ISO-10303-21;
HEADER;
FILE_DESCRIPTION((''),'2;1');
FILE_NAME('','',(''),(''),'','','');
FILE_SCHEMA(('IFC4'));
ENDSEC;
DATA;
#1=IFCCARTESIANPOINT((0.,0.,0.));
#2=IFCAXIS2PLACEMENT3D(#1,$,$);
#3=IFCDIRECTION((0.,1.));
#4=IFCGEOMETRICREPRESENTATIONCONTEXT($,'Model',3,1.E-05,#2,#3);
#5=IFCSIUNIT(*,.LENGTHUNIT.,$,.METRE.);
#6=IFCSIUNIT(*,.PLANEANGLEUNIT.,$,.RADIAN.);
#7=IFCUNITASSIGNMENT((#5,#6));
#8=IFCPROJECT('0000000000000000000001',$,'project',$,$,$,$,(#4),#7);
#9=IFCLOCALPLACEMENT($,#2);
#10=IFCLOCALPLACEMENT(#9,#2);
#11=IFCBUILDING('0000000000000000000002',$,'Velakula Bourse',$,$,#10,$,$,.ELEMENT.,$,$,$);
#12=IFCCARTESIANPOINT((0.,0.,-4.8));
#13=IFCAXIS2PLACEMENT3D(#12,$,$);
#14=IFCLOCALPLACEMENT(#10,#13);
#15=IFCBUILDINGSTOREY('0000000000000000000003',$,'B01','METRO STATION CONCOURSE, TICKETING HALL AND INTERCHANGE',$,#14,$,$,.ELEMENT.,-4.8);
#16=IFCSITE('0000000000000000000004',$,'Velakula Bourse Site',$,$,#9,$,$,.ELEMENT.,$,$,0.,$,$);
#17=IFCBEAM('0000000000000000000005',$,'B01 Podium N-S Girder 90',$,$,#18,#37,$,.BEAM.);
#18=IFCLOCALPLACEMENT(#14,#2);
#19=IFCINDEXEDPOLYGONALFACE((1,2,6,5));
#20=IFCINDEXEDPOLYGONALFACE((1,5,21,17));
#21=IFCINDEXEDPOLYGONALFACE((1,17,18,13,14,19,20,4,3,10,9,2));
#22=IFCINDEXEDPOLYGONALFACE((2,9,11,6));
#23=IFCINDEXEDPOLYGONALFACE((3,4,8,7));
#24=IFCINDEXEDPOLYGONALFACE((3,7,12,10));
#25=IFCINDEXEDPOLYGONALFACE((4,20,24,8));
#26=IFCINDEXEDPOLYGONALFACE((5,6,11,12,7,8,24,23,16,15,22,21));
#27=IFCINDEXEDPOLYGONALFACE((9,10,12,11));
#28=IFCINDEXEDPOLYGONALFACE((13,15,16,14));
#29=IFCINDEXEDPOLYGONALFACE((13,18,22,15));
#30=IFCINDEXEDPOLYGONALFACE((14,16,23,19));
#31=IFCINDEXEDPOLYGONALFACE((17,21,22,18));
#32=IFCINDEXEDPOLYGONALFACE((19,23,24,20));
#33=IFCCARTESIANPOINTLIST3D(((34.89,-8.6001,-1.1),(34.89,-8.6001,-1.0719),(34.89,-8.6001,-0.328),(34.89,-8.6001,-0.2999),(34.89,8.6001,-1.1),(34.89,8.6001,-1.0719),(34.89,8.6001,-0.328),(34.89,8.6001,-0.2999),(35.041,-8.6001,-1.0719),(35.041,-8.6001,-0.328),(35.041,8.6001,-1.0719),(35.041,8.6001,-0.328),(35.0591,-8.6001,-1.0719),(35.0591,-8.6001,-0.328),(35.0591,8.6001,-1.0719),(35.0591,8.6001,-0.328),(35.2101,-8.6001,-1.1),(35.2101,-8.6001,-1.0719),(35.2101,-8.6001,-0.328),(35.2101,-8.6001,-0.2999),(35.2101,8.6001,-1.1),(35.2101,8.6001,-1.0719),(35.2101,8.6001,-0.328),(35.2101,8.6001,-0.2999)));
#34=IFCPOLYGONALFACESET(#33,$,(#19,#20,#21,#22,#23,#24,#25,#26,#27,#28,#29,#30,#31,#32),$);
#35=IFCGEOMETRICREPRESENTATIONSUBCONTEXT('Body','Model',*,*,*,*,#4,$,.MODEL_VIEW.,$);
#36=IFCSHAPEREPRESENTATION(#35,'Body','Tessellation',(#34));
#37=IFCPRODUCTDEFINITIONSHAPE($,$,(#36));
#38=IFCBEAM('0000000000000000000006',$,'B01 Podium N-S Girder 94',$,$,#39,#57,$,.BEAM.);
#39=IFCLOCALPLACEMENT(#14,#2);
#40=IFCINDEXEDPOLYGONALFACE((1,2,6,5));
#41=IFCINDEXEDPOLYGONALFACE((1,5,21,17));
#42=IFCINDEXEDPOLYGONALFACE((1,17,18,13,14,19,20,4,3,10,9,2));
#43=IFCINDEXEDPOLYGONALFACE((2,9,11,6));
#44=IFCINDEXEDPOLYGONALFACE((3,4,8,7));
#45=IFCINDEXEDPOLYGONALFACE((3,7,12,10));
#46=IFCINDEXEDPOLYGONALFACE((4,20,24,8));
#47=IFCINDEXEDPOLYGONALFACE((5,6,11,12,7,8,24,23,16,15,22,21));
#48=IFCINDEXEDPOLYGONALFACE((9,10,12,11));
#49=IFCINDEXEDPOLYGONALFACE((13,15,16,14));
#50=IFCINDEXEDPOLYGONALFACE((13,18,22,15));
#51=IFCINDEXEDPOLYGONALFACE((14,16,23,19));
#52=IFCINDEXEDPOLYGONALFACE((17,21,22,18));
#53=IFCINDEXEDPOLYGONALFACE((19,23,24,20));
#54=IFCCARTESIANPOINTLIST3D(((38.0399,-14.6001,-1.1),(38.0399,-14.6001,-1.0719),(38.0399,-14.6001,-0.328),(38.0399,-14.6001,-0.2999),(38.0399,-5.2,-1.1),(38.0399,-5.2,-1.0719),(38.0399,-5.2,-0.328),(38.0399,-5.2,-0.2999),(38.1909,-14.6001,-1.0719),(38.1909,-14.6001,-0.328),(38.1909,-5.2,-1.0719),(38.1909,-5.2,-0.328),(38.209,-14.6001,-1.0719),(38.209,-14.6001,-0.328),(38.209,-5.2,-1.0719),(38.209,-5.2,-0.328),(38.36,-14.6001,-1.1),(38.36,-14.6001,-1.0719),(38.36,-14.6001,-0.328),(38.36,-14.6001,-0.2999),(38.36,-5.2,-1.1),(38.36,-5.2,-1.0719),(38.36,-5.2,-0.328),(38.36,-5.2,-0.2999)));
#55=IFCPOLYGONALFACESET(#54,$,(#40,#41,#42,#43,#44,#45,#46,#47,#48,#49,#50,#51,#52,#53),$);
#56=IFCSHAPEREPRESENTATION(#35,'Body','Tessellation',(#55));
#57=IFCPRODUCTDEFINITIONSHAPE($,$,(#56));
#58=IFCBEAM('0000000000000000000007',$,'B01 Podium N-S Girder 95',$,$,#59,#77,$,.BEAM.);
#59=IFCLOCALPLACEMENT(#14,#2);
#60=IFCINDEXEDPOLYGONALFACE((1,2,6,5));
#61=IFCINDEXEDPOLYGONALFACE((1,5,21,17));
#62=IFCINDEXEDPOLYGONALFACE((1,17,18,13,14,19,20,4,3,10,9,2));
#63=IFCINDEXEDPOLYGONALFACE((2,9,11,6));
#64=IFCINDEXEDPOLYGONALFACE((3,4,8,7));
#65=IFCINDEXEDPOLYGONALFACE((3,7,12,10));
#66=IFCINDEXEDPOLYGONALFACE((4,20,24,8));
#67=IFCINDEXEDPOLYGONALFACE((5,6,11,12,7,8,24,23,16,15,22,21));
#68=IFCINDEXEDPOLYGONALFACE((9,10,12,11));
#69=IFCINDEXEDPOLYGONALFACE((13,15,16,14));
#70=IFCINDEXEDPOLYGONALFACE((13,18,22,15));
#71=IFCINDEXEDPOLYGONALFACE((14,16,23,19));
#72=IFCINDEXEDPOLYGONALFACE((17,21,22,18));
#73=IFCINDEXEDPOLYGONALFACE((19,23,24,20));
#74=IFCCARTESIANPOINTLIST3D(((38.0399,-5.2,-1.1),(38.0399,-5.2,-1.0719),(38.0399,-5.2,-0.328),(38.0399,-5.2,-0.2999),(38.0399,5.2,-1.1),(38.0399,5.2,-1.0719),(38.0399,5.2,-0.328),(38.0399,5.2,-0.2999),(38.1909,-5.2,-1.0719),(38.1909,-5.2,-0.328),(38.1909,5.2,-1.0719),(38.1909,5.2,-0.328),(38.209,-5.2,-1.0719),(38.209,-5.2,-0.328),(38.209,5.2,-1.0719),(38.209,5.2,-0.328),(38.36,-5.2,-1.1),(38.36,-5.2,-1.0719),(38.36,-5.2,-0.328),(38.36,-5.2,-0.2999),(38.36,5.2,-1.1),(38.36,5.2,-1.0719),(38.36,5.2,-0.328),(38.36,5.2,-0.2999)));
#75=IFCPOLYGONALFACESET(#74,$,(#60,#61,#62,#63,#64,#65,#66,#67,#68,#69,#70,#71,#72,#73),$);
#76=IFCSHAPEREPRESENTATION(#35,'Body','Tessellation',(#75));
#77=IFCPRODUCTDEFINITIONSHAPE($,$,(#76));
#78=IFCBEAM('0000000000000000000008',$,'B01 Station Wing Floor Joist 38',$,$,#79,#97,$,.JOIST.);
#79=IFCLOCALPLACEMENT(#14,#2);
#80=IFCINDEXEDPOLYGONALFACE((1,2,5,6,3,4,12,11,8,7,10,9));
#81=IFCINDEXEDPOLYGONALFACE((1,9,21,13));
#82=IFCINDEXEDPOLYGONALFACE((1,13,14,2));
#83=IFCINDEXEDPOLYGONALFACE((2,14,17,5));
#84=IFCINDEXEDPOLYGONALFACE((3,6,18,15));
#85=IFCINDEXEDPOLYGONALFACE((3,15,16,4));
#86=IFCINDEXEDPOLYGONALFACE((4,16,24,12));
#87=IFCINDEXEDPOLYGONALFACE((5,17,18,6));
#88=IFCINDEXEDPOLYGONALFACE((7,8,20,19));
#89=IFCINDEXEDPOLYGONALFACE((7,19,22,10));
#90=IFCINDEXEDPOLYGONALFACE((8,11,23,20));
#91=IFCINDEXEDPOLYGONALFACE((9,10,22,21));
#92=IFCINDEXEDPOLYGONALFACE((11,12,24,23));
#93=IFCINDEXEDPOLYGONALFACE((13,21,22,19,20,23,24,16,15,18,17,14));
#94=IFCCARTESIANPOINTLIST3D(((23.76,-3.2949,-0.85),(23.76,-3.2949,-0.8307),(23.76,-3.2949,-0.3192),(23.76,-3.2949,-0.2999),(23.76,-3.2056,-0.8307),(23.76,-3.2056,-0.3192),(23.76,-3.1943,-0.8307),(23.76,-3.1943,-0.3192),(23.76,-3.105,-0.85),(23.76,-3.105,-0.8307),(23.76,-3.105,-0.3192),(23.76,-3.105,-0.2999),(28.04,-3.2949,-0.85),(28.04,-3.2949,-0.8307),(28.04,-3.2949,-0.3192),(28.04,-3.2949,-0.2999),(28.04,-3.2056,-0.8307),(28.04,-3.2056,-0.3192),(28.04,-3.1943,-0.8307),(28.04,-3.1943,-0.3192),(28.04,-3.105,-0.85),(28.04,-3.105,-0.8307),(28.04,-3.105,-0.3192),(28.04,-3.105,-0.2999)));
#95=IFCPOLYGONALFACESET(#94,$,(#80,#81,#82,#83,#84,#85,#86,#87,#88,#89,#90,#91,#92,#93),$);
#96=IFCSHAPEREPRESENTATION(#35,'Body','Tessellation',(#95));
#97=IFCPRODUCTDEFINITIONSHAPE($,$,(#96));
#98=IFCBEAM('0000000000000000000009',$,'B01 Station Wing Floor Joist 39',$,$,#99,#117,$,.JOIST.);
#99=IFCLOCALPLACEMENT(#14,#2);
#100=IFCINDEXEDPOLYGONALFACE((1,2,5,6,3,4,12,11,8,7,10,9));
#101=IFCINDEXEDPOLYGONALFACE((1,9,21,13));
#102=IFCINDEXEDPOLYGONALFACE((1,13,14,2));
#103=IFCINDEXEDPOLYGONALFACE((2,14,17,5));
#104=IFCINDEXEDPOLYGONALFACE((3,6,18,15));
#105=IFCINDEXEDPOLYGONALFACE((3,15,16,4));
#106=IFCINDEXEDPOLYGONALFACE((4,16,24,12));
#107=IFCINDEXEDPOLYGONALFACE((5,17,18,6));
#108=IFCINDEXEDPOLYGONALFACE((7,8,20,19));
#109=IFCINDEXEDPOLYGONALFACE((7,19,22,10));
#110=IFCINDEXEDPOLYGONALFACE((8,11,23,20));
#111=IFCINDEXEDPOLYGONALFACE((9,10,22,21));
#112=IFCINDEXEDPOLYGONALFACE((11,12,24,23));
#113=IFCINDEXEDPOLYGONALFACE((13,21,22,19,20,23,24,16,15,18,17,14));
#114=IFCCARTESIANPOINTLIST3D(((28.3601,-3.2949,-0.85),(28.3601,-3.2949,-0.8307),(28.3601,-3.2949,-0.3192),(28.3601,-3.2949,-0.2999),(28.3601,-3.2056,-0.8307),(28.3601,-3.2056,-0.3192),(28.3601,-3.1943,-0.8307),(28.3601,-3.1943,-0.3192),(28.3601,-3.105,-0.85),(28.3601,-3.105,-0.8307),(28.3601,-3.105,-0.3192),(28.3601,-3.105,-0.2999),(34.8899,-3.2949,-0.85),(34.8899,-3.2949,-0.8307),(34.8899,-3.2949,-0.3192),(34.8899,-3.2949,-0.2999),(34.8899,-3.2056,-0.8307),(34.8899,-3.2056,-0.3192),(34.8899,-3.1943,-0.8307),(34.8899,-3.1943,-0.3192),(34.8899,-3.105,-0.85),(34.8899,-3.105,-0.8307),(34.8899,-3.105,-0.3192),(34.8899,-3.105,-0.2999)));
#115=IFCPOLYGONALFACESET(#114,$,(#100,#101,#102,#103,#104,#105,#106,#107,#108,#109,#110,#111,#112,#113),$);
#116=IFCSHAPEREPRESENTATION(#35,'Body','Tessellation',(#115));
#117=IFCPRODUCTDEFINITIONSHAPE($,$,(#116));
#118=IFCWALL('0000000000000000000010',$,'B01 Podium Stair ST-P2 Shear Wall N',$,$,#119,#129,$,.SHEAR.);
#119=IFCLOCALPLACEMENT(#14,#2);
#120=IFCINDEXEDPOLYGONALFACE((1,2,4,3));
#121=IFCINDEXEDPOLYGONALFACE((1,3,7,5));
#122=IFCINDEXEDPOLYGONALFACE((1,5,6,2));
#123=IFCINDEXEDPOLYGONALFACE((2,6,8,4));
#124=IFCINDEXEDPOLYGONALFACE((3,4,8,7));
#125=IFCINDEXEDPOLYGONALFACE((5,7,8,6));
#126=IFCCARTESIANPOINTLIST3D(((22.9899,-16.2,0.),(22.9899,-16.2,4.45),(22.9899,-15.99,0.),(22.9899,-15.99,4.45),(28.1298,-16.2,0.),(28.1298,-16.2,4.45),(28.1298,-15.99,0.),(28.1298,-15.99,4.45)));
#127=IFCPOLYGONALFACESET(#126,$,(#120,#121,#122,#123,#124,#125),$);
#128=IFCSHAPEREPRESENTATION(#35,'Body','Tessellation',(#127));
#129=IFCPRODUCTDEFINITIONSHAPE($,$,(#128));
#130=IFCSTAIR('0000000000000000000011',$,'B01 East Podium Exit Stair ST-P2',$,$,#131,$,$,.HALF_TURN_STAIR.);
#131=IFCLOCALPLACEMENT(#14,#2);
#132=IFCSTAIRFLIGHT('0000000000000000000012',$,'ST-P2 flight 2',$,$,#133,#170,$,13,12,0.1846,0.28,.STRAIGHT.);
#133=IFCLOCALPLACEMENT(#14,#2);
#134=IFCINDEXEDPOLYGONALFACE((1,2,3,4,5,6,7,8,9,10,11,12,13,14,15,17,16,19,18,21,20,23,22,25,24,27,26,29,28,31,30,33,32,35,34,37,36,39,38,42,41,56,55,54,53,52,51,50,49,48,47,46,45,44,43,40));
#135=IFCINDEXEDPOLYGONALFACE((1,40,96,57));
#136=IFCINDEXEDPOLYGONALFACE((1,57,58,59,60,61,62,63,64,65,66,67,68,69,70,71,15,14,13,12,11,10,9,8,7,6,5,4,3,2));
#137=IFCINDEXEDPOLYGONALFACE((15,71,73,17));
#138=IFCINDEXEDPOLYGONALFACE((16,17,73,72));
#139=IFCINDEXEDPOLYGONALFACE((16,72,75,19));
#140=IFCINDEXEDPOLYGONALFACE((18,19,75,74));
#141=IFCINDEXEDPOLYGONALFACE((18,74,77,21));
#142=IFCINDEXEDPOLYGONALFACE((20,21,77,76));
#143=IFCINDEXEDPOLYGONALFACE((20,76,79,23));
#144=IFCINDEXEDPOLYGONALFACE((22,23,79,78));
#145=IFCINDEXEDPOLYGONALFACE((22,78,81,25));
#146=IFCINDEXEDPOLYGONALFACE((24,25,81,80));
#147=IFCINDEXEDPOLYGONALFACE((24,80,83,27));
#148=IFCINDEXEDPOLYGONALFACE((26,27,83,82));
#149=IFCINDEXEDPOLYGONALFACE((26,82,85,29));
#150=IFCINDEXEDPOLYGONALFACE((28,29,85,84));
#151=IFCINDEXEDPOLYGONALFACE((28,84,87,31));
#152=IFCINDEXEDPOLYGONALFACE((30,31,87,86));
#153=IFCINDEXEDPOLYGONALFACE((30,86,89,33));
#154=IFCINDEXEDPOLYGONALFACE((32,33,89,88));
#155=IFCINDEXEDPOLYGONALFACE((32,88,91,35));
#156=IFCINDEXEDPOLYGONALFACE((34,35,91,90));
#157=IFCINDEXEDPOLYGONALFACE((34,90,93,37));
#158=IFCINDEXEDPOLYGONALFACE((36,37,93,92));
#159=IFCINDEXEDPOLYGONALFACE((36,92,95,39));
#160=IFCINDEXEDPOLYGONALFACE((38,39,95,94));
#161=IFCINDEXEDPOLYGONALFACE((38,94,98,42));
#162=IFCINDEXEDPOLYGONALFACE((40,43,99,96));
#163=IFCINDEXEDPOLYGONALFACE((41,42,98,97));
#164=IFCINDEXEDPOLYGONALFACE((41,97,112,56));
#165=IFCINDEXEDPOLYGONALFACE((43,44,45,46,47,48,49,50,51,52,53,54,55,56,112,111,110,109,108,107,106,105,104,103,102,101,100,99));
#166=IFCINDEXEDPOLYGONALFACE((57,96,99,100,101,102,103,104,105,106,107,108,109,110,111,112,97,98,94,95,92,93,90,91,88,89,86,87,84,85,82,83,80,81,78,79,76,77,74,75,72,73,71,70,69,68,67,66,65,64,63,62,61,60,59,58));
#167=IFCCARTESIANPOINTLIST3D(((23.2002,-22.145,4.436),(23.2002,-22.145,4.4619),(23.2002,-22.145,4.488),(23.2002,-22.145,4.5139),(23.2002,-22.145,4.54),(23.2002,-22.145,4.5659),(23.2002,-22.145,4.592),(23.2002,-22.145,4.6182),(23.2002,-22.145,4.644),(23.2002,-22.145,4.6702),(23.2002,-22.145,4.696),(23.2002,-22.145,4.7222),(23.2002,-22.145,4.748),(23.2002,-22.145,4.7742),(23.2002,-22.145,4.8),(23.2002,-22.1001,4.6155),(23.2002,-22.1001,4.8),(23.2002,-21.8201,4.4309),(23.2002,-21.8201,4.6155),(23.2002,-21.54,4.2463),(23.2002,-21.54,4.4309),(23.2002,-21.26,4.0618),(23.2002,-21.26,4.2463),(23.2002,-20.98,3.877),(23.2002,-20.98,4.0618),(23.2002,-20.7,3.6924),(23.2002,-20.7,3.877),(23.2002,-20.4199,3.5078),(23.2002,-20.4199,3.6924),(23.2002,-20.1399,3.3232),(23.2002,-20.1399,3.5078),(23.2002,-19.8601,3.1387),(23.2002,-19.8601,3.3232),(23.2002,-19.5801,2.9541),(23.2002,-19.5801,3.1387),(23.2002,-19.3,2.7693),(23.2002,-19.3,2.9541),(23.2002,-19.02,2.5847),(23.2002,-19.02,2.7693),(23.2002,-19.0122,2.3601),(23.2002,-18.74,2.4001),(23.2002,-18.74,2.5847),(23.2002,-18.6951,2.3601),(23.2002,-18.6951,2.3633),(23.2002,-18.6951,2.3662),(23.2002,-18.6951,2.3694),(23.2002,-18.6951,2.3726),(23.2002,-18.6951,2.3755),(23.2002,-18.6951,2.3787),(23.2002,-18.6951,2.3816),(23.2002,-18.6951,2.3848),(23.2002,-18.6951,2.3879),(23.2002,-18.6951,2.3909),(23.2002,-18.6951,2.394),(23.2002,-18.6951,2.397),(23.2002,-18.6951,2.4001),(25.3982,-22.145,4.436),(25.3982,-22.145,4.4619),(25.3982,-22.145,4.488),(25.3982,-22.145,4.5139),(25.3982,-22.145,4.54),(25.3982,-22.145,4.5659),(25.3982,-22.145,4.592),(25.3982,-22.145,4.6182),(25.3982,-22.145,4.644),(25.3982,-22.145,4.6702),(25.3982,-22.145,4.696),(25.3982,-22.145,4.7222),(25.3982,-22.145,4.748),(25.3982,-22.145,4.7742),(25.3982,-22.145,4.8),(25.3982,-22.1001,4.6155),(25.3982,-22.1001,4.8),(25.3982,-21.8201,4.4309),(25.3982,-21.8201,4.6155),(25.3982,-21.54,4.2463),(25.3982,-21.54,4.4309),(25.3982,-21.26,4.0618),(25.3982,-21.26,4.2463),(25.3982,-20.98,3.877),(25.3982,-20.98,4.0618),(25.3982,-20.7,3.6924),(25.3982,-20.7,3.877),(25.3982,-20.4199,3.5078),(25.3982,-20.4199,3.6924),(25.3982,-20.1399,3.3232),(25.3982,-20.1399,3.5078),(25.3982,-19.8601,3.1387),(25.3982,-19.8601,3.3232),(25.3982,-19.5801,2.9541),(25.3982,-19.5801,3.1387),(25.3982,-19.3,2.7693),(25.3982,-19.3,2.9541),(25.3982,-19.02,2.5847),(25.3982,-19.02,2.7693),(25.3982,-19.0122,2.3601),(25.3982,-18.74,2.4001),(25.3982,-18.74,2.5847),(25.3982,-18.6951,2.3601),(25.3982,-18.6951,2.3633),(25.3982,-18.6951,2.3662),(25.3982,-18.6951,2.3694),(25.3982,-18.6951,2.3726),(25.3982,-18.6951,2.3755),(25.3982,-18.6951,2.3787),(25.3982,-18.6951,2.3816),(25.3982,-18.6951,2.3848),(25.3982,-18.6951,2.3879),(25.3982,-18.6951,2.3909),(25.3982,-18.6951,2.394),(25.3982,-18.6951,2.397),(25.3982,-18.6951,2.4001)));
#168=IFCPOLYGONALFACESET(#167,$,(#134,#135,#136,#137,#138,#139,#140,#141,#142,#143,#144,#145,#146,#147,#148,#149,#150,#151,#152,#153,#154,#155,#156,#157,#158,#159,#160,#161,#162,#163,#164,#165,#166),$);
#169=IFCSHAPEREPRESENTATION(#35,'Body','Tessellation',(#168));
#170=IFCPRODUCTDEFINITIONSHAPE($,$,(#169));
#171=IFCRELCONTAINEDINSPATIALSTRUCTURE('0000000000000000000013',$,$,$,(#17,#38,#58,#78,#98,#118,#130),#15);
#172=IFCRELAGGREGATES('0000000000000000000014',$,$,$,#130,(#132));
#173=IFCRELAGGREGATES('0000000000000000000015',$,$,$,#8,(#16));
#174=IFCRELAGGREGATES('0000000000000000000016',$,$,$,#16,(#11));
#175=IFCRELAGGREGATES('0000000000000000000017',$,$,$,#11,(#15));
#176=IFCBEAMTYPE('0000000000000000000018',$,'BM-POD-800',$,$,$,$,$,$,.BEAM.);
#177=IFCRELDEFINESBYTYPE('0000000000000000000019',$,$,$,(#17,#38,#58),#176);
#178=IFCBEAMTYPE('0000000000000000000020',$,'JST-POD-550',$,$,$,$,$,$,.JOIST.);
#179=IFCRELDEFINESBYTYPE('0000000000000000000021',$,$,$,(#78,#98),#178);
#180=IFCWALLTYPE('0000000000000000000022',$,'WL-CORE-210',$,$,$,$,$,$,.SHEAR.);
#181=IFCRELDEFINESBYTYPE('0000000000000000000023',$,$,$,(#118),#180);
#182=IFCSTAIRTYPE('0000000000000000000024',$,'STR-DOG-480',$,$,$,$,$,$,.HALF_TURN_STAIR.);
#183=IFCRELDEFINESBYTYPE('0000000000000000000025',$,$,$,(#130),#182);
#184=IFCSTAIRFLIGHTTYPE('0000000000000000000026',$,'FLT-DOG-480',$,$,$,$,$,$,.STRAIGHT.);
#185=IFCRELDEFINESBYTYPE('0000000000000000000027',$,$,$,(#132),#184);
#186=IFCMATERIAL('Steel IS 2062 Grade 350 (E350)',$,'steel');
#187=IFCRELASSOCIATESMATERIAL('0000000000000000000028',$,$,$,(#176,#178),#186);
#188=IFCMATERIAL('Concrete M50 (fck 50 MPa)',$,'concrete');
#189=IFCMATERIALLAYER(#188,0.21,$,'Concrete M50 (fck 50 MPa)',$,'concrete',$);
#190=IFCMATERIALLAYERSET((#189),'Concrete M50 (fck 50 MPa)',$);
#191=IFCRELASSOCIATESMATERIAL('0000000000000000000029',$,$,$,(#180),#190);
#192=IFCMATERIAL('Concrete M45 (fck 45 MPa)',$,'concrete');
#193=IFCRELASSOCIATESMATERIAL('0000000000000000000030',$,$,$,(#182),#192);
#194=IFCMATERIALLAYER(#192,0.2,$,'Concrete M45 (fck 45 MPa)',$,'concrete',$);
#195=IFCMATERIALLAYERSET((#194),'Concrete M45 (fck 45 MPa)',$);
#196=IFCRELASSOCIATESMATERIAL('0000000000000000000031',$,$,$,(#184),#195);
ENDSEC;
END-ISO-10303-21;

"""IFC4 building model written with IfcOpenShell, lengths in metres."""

from ifc_helpers import new_model, si_unit, direction, frame, frame_2d, origin, origin_2d, place, context, subcontext, project, spatial, polyline, rectangle, i_section, outline, extrude, material, layer, layer_set, material_profile, profile_set, type_object, element, aggregate, save


model = new_model("IFC4")

# Units and contexts
model_context = context("Model", 3, precision=1e-05, world=origin(), true_north=direction((0.0, 1.0)))
body_context = subcontext(model_context, "Body", "Model", "MODEL_VIEW")
ifc_project = project(units=[si_unit("LENGTHUNIT", "METRE"), si_unit("PLANEANGLEUNIT", "RADIAN")], contexts=[model_context])

# Site, building, storey
site_placement = place(None, origin())
site = spatial("IfcSite", under=ifc_project, at=site_placement, Name="Velakula Bourse Site", CompositionType="ELEMENT", RefElevation=0.0)
building_placement = place(site_placement, origin())
building = spatial("IfcBuilding", under=site, at=building_placement, Name="Velakula Bourse", CompositionType="ELEMENT")
storey_placement = place(building_placement, frame((0.0, 0.0, -4.8)))
storey = spatial("IfcBuildingStorey", under=building, at=storey_placement, Name="B01", Description="METRO STATION CONCOURSE, TICKETING HALL AND INTERCHANGE", CompositionType="ELEMENT", Elevation=-4.8)

# Shared definitions
ifc_material_1 = material(Name="Concrete M50 (fck 50 MPa)", Category="concrete")

# Beams
ifc_material_2 = material(Name="Steel IS 2062 Grade 350 (E350)", Category="steel")
ifc_material_profile_1 = material_profile(ifc_material_2, i_section(OverallWidth=0.3201, OverallDepth=0.8, WebThickness=0.0181, FlangeThickness=0.0281, at=origin_2d()), Name="Steel IS 2062 Grade 350 (E350)")
ifc_profile_set_1 = profile_set([ifc_material_profile_1], Name="Steel IS 2062 Grade 350 (E350)")
beam_type_1 = type_object("IfcBeamType", Name="BM-POD-800", PredefinedType="BEAM", material=ifc_profile_set_1)
beam_1_placement = place(storey_placement, frame((35.05, -8.6001, -0.7), z_axis=(0.0, 1.0, 0.0), x_axis=(-1.0, 0.0, 0.0)))
element("IfcBeam", 1, at=beam_1_placement, inside=storey, type_object=beam_type_1, Name="B01 Podium N-S Girder 90", PredefinedType="BEAM", context=body_context, shape_type="SweptSolid", body=[
    extrude(i_section(OverallWidth=0.3201, OverallDepth=0.8, WebThickness=0.0181, FlangeThickness=0.0281, at=origin_2d()), origin(), (0.0, 0.0, 1.0), 17.2002),
])
beam_2_placement = place(storey_placement, frame((38.2, -14.6001, -0.7), z_axis=(0.0, 1.0, 0.0), x_axis=(-1.0, 0.0, 0.0)))
element("IfcBeam", 2, at=beam_2_placement, inside=storey, type_object=beam_type_1, Name="B01 Podium N-S Girder 94", PredefinedType="BEAM", context=body_context, shape_type="SweptSolid", body=[
    extrude(i_section(OverallWidth=0.3201, OverallDepth=0.8, WebThickness=0.0181, FlangeThickness=0.0281, at=origin_2d()), origin(), (0.0, 0.0, 1.0), 9.4001),
])
beam_3_placement = place(storey_placement, frame((38.2, -5.2, -0.7), z_axis=(0.0, 1.0, 0.0), x_axis=(-1.0, 0.0, 0.0)))
element("IfcBeam", 3, at=beam_3_placement, inside=storey, type_object=beam_type_1, Name="B01 Podium N-S Girder 95", PredefinedType="BEAM", context=body_context, shape_type="SweptSolid", body=[
    extrude(i_section(OverallWidth=0.3201, OverallDepth=0.8, WebThickness=0.0181, FlangeThickness=0.0281, at=origin_2d()), origin(), (0.0, 0.0, 1.0), 10.3999),
])
ifc_material_profile_2 = material_profile(ifc_material_2, i_section(OverallWidth=0.1899, OverallDepth=0.55, WebThickness=0.0112, FlangeThickness=0.0193, at=origin_2d()), Name="Steel IS 2062 Grade 350 (E350)")
ifc_profile_set_2 = profile_set([ifc_material_profile_2], Name="Steel IS 2062 Grade 350 (E350)")
beam_type_2 = type_object("IfcBeamType", Name="JST-POD-550", PredefinedType="JOIST", material=ifc_profile_set_2)
beam_4_placement = place(storey_placement, frame((23.76, -3.2, -0.575), z_axis=(1.0, 0.0, 0.0), x_axis=(0.0, 1.0, 0.0)))
element("IfcBeam", 4, at=beam_4_placement, inside=storey, type_object=beam_type_2, Name="B01 Station Wing Floor Joist 38", PredefinedType="JOIST", context=body_context, shape_type="SweptSolid", body=[
    extrude(i_section(OverallWidth=0.1899, OverallDepth=0.55, WebThickness=0.0112, FlangeThickness=0.0193, at=origin_2d()), origin(), (0.0, 0.0, 1.0), 4.28),
])
beam_5_placement = place(storey_placement, frame((28.3601, -3.2, -0.575), z_axis=(1.0, 0.0, 0.0), x_axis=(0.0, 1.0, 0.0)))
element("IfcBeam", 5, at=beam_5_placement, inside=storey, type_object=beam_type_2, Name="B01 Station Wing Floor Joist 39", PredefinedType="JOIST", context=body_context, shape_type="SweptSolid", body=[
    extrude(i_section(OverallWidth=0.1899, OverallDepth=0.55, WebThickness=0.0112, FlangeThickness=0.0193, at=origin_2d()), origin(), (0.0, 0.0, 1.0), 6.5298),
])

# Wall
ifc_layer_1 = layer(ifc_material_1, 0.21, Name="Concrete M50 (fck 50 MPa)", Category="concrete")
ifc_layer_set_1 = layer_set([ifc_layer_1], Name="Concrete M50 (fck 50 MPa)")
wall_type = type_object("IfcWallType", Name="WL-CORE-210", PredefinedType="SHEAR", material=ifc_layer_set_1)
wall_placement = place(storey_placement, frame((22.99, -16.095, 0.0), z_axis=(0.0, 0.0, 1.0), x_axis=(1.0, 0.0, 0.0)))
element("IfcWall", 6, at=wall_placement, inside=storey, type_object=wall_type, Name="B01 Podium Stair ST-P2 Shear Wall N", PredefinedType="SHEAR", context=body_context, shape_type="SweptSolid", body=[
    extrude(rectangle(XDim=5.1399, YDim=0.21, at=frame_2d((2.5698, 0.0))), origin(), (0.0, 0.0, 1.0), 4.45),
])

# Stair, stair flight
ifc_material_3 = material(Name="Concrete M45 (fck 45 MPa)", Category="concrete")
stair_type = type_object("IfcStairType", Name="STR-DOG-480", PredefinedType="HALF_TURN_STAIR", material=ifc_material_3)
stair_placement = place(storey_placement, origin())
stair = element("IfcStair", 7, at=stair_placement, inside=storey, type_object=stair_type, Name="B01 East Podium Exit Stair ST-P2", PredefinedType="HALF_TURN_STAIR")
ifc_layer_2 = layer(ifc_material_3, 0.2, Name="Concrete M45 (fck 45 MPa)", Category="concrete")
ifc_layer_set_2 = layer_set([ifc_layer_2], Name="Concrete M45 (fck 45 MPa)")
stair_flight_type = type_object("IfcStairFlightType", Name="FLT-DOG-480", PredefinedType="STRAIGHT", material=ifc_layer_set_2)
stair_flight_placement = place(storey_placement, frame((24.2991, -18.74, 2.4001), z_axis=(0.0, 0.0, 1.0), x_axis=(0.0, -1.0, 0.0)))
stair_flight = element("IfcStairFlight", 8, at=stair_flight_placement, type_object=stair_flight_type, Name="ST-P2 flight 2", NumberOfRisers=13, NumberOfTreads=12, PredefinedType="STRAIGHT", RiserHeight=0.1846, TreadLength=0.28, context=body_context, shape_type="SweptSolid", body=[
    extrude(outline(polyline([(-0.0449, -0.04), (-0.0449, -0.0369), (-0.0449, -0.0339), (-0.0449, -0.0308), (-0.0449, -0.0276), (-0.0449, -0.0247), (-0.0449, -0.0215), (-0.0449, -0.0186), (-0.0449, -0.0154), (-0.0449, -0.0122), (-0.0449, -0.0093), (-0.0449, -0.0061), (-0.0449, -0.0032), (-0.0449, 0.0), (0.0, 0.0), (0.0, 0.1846), (0.28, 0.1846), (0.28, 0.3691), (0.5601, 0.3691), (0.5601, 0.554), (0.8401, 0.554), (0.8401, 0.7385), (1.1201, 0.7385), (1.1201, 0.9231), (1.3999, 0.9231), (1.3999, 1.1077), (1.6799, 1.1077), (1.6799, 1.2922), (1.96, 1.2922), (1.96, 1.4768), (2.24, 1.4768), (2.24, 1.6616), (2.52, 1.6616), (2.52, 1.8462), (2.8, 1.8462), (2.8, 2.0308), (3.0801, 2.0308), (3.0801, 2.2153), (3.3601, 2.2153), (3.3601, 2.3999), (3.405, 2.3999), (3.405, 2.374), (3.405, 2.3479), (3.405, 2.322), (3.405, 2.2959), (3.405, 2.27), (3.405, 2.2439), (3.405, 2.218), (3.405, 2.1919), (3.405, 2.1658), (3.405, 2.1399), (3.405, 2.1138), (3.405, 2.0879), (3.405, 2.0618), (3.405, 2.0359), (0.2722, -0.04), (-0.0449, -0.04)])), frame((0.0, 1.0991, 0.0), z_axis=(0.0, -1.0, 0.0), x_axis=(1.0, 0.0, 0.0)), (0.0, 0.0, 1.0), 2.198),
])
aggregate(stair, [stair_flight])

save(model, "model.ifc")
